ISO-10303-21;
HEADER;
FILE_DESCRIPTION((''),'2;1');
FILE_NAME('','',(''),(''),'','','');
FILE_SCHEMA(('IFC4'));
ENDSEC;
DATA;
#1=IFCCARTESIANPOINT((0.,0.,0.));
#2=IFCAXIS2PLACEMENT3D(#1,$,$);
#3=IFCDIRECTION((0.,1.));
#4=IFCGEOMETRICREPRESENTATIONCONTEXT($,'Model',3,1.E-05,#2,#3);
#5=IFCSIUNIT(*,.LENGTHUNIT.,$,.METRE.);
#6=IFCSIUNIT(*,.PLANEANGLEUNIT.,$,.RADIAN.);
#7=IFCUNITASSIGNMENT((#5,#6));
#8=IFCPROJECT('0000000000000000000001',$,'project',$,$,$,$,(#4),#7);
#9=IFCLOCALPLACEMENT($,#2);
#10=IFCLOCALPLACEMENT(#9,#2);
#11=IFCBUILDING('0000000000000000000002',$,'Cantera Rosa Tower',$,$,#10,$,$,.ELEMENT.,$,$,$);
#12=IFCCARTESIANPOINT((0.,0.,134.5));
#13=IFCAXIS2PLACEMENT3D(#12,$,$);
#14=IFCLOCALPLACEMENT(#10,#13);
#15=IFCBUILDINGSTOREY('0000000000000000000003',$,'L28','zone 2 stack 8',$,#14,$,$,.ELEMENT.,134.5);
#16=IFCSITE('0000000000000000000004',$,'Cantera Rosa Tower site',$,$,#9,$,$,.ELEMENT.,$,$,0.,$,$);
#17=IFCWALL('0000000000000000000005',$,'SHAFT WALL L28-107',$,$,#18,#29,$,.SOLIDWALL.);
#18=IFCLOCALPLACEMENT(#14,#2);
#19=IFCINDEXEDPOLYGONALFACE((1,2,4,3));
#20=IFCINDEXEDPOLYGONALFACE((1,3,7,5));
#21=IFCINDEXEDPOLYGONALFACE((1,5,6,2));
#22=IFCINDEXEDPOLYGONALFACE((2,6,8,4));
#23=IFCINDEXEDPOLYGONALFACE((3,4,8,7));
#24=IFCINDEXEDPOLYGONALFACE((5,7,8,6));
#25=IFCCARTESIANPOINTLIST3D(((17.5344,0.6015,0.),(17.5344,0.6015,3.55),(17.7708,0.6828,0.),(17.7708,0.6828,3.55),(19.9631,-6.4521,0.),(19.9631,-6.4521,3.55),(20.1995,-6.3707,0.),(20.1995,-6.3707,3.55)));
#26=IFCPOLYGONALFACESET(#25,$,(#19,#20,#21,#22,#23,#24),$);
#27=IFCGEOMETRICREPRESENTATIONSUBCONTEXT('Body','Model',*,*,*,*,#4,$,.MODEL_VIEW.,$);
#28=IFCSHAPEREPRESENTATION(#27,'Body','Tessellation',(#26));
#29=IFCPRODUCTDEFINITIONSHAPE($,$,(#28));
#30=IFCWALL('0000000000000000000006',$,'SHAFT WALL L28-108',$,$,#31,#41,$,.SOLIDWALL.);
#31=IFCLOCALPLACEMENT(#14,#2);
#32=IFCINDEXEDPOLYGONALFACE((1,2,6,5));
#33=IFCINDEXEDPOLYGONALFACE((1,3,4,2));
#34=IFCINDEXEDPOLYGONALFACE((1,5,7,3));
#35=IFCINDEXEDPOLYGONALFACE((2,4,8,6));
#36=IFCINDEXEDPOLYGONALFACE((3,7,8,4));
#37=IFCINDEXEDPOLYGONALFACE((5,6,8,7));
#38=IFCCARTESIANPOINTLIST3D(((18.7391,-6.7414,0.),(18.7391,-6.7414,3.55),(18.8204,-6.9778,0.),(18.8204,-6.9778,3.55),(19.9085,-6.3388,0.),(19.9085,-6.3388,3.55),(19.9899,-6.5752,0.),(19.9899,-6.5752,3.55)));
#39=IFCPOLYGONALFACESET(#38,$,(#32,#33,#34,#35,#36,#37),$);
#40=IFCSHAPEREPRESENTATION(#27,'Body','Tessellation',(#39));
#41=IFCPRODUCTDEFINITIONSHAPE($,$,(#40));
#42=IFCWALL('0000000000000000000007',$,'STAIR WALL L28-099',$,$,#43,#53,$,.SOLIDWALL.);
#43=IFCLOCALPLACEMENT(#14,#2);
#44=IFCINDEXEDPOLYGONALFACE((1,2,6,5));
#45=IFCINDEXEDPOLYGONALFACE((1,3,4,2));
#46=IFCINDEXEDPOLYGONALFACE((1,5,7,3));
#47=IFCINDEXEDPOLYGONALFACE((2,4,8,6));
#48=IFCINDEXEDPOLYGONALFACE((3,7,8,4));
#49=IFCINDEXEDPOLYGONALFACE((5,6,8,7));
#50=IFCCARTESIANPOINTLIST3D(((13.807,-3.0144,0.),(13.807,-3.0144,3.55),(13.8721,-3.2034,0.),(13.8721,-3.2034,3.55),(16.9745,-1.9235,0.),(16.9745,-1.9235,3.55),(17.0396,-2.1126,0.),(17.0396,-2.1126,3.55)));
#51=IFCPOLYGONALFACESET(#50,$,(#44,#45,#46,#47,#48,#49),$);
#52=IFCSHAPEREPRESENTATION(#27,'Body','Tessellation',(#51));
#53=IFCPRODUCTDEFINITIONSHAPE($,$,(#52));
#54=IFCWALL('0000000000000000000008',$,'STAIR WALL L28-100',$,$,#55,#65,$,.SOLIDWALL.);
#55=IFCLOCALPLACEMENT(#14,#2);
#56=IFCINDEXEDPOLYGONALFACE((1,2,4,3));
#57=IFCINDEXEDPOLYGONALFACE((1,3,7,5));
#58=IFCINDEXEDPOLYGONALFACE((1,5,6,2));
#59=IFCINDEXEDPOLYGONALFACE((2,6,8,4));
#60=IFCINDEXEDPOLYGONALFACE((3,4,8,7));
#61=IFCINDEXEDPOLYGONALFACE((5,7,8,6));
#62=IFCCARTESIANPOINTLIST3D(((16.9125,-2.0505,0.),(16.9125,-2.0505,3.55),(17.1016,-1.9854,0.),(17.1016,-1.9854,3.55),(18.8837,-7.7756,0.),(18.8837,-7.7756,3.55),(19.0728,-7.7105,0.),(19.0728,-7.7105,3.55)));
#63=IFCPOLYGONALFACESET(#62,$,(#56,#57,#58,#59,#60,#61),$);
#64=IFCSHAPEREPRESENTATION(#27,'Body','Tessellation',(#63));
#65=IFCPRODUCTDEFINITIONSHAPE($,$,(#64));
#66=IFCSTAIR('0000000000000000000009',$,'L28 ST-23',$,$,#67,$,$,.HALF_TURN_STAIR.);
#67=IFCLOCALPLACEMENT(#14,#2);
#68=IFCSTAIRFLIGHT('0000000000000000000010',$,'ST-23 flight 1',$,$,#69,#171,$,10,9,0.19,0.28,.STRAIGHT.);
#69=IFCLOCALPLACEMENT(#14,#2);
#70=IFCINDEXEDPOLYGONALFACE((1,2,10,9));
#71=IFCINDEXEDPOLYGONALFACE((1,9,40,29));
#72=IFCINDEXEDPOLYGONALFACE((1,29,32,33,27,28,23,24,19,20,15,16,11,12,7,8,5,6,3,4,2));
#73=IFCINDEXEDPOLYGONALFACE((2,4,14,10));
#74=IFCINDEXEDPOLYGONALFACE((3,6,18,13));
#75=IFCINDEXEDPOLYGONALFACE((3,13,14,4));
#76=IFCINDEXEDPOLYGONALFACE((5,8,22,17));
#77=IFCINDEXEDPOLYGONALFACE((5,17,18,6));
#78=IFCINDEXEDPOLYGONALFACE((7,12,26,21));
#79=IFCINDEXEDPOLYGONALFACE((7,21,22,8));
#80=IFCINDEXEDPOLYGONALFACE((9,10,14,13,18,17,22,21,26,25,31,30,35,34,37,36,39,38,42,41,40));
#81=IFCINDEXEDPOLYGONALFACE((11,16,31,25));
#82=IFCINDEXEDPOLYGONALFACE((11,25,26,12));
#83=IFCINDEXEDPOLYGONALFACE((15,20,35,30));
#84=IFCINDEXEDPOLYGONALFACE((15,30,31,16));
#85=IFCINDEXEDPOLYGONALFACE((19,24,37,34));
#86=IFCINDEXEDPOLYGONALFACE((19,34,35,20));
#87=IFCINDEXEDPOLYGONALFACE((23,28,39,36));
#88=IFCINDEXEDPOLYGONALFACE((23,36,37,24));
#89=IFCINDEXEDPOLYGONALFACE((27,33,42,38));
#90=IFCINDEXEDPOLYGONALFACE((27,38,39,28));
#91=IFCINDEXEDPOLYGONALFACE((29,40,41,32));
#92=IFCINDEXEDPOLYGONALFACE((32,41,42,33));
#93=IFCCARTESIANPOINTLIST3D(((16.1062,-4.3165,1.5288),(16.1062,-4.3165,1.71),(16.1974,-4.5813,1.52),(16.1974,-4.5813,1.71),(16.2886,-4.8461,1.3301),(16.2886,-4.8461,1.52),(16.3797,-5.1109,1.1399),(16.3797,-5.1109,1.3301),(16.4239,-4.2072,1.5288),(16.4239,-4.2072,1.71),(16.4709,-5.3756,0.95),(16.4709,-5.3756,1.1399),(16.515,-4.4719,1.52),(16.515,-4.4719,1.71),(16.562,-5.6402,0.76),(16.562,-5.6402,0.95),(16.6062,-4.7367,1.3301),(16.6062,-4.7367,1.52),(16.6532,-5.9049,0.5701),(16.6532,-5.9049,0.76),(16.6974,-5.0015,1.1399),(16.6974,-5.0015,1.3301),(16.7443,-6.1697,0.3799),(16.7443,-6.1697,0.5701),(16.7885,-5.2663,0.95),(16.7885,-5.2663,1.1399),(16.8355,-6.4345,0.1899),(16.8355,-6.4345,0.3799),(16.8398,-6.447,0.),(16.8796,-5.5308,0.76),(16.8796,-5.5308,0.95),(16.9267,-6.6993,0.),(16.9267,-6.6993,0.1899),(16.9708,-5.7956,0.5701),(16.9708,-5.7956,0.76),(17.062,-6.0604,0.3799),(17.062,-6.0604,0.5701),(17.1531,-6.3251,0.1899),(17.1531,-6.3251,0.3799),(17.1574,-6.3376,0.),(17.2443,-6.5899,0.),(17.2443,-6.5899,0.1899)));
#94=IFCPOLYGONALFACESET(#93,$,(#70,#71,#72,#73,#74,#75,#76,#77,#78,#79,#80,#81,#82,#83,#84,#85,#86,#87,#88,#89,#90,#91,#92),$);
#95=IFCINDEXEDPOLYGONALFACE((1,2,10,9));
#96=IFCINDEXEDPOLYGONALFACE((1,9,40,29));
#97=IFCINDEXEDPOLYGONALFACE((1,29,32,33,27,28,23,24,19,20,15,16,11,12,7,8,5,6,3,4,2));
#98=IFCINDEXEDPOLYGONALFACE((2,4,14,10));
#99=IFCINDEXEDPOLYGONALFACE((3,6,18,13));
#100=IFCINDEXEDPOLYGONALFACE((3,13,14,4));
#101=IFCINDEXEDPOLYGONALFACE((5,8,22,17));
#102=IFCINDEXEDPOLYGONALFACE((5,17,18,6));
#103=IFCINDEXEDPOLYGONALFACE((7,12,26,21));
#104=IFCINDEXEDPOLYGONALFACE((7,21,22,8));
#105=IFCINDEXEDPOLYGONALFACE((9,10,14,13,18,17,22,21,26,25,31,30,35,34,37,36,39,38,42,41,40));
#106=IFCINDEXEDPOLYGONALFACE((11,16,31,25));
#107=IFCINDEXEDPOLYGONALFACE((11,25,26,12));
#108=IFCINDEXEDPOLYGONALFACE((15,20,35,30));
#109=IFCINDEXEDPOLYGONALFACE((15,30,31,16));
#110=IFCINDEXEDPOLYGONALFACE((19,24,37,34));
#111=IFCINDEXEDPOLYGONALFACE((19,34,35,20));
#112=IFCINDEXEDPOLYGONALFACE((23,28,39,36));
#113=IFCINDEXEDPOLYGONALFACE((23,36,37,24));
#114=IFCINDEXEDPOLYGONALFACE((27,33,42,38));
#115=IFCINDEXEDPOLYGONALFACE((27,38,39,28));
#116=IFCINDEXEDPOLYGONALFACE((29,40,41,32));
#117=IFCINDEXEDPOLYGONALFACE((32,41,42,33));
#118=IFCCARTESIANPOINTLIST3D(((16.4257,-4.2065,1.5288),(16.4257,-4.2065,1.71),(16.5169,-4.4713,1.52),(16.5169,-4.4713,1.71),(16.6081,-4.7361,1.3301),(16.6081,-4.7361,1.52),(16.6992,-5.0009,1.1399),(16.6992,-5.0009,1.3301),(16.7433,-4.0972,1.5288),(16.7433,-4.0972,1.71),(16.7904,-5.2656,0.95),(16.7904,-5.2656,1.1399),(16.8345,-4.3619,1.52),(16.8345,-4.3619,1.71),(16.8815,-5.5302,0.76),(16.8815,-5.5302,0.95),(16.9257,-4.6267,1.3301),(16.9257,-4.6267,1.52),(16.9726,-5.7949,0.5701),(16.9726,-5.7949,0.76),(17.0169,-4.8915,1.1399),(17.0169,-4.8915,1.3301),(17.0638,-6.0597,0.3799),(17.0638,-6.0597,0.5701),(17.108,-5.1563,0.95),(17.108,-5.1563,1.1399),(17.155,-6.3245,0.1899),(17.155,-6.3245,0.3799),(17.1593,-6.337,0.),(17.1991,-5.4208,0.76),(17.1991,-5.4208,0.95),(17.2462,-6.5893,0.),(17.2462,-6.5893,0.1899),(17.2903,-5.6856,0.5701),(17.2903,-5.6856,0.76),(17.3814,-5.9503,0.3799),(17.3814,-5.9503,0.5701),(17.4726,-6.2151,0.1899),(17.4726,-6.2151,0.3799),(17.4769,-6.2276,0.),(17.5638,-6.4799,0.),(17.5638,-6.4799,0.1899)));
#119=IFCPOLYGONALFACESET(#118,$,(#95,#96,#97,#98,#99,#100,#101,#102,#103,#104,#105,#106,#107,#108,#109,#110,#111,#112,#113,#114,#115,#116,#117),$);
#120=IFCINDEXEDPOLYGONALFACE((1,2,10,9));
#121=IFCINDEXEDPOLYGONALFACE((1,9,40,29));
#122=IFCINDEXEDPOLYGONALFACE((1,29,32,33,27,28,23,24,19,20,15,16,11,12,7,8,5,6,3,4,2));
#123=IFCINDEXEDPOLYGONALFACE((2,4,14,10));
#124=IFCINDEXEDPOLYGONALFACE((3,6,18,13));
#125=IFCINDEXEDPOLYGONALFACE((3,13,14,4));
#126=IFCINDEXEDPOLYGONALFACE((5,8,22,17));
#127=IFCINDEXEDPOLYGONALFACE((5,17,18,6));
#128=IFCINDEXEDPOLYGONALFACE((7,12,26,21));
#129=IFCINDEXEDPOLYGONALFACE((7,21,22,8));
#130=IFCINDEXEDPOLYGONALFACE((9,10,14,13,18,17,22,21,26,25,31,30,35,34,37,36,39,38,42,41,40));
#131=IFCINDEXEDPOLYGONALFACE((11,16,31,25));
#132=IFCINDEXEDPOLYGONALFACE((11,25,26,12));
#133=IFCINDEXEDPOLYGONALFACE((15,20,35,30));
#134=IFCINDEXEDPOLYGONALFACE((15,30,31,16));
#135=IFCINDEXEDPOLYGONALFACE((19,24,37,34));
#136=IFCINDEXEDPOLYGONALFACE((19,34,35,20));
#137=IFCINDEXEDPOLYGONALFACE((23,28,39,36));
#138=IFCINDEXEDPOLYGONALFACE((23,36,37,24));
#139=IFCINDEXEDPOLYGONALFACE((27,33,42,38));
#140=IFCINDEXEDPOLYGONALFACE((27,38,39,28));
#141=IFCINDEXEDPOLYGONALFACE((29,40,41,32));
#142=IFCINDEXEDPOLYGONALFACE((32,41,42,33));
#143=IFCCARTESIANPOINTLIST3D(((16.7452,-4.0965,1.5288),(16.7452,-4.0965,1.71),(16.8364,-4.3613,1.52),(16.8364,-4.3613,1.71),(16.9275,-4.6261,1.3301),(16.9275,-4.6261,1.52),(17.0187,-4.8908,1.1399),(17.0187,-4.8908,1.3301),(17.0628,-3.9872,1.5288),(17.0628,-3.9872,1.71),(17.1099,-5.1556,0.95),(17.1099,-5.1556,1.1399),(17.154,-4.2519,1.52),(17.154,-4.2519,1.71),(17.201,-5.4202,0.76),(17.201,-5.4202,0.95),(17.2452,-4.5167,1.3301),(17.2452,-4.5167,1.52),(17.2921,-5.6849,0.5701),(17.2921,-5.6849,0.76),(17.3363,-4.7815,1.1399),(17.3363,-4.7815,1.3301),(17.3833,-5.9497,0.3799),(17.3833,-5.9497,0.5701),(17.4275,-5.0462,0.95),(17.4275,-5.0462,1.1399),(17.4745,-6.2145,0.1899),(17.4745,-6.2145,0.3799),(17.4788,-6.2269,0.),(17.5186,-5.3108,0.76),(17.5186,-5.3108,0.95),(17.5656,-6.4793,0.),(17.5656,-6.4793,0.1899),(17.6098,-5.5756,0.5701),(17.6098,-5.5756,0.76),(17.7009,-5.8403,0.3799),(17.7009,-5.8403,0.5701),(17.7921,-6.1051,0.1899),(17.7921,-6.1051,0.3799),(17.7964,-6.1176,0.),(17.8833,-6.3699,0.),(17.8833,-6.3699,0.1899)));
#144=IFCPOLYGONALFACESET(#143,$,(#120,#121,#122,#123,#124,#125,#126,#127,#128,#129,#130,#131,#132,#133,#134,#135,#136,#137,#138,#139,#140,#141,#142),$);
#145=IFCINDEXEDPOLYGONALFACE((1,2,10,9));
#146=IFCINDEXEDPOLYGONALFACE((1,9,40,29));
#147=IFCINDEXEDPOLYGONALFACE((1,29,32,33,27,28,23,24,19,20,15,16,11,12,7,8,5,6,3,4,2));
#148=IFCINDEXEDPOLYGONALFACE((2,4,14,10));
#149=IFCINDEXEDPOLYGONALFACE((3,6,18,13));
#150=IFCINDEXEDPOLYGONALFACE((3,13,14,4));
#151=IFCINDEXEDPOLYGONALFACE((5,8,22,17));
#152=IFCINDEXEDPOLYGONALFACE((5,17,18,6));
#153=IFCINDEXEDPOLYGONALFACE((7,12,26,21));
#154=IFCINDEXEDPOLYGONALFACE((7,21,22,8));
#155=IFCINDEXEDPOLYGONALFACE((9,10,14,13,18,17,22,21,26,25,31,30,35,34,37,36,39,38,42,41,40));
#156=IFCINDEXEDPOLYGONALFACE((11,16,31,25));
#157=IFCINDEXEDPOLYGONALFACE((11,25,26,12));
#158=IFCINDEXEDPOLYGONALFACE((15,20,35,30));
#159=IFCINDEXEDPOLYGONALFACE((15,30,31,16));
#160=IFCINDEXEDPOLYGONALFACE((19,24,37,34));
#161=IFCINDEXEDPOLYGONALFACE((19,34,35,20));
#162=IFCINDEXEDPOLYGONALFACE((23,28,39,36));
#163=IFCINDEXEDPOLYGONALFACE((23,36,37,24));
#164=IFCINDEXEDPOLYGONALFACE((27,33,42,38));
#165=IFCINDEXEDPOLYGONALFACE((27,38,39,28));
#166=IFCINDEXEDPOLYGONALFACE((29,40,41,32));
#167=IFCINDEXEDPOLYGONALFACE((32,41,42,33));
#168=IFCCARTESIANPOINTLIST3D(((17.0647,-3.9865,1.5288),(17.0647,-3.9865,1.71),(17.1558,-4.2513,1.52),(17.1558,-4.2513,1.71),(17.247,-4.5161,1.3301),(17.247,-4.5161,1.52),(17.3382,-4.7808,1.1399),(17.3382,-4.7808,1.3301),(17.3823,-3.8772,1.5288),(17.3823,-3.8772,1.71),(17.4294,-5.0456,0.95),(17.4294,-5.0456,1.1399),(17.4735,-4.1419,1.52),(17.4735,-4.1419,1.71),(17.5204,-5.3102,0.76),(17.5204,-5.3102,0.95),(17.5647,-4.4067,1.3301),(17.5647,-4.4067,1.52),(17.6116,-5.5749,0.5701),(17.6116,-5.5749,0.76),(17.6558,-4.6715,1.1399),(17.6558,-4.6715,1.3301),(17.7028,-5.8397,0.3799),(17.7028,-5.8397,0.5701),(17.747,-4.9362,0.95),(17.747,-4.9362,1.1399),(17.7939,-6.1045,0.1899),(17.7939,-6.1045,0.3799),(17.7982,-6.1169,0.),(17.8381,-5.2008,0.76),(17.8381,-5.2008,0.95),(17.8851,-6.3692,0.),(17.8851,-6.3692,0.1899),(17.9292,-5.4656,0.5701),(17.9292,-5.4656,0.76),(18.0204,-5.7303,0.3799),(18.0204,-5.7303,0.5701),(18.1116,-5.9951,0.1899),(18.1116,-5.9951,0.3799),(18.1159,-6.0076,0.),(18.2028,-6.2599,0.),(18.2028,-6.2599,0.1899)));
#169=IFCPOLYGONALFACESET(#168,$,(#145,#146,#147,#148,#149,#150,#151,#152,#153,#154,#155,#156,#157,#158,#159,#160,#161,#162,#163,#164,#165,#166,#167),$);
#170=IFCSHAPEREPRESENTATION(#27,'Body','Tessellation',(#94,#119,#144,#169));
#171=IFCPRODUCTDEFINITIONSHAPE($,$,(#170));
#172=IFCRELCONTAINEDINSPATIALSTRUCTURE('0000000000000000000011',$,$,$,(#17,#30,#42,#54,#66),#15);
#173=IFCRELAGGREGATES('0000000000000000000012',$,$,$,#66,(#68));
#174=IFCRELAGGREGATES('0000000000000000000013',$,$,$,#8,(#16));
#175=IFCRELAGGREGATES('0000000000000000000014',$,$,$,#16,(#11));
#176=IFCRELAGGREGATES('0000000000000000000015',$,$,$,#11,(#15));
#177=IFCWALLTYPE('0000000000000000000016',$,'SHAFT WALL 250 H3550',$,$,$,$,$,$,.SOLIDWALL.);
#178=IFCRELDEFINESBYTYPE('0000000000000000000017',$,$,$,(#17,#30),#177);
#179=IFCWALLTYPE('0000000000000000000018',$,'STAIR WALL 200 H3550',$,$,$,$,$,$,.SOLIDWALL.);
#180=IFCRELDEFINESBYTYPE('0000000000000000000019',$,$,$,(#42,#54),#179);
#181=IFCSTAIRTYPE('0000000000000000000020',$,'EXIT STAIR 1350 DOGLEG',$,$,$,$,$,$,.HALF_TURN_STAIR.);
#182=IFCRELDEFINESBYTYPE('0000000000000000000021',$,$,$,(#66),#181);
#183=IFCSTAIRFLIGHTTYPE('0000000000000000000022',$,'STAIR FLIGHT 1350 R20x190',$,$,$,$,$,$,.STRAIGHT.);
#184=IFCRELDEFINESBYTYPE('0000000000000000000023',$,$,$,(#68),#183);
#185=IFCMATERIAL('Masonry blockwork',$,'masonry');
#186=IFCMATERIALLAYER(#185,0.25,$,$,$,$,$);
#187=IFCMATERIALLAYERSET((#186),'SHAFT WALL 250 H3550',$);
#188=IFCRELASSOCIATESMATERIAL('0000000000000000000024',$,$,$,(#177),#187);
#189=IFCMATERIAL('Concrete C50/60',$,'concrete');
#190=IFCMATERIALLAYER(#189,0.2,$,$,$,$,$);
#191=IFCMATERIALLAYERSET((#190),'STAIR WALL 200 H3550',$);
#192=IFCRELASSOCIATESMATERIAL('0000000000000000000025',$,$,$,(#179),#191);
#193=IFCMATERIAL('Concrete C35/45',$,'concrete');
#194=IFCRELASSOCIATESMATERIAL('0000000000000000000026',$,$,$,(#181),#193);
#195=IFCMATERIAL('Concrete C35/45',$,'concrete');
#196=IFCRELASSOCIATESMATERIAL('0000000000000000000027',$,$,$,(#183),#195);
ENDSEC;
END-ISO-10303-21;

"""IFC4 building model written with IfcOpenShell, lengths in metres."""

from ifc_helpers import new_model, si_unit, direction, frame, frame_2d, origin, place, context, subcontext, project, spatial, polyline, rectangle, outline, extrude, material, layer, layer_set, type_object, element, aggregate, save


model = new_model("IFC4")

# Units and contexts
model_context = context("Model", 3, precision=1e-05, world=origin(), true_north=direction((0.0, 1.0)))
body_context = subcontext(model_context, "Body", "Model", "MODEL_VIEW")
ifc_project = project(units=[si_unit("LENGTHUNIT", "METRE"), si_unit("PLANEANGLEUNIT", "RADIAN")], contexts=[model_context])

# Site, building, storey
site_placement = place(None, origin())
site = spatial("IfcSite", under=ifc_project, at=site_placement, Name="Cantera Rosa Tower site", CompositionType="ELEMENT", RefElevation=0.0)
building_placement = place(site_placement, origin())
building = spatial("IfcBuilding", under=site, at=building_placement, Name="Cantera Rosa Tower", CompositionType="ELEMENT")
storey_placement = place(building_placement, frame((0.0, 0.0, 134.5)))
storey = spatial("IfcBuildingStorey", under=building, at=storey_placement, Name="L28", Description="zone 2 stack 8", CompositionType="ELEMENT", Elevation=134.5)

# Walls
ifc_material_1 = material(Name="Masonry blockwork", Category="masonry")
ifc_layer_1 = layer(ifc_material_1, 0.25)
ifc_layer_set_1 = layer_set([ifc_layer_1], Name="SHAFT WALL 250 H3550")
wall_type_1 = type_object("IfcWallType", Name="SHAFT WALL 250 H3550", PredefinedType="SOLIDWALL", material=ifc_layer_set_1)
wall_1_placement = place(storey_placement, frame((20.0813, -6.4114, 0.0), z_axis=(0.0, 0.0, 1.0), x_axis=(-0.325569, 0.945518, 0.0)))
element("IfcWall", 1, at=wall_1_placement, inside=storey, type_object=wall_type_1, Name="SHAFT WALL L28-107", PredefinedType="SOLIDWALL", context=body_context, shape_type="SweptSolid", body=[
    extrude(rectangle(XDim=7.46, YDim=0.25, at=frame_2d((3.73, 0.0))), origin(), (0.0, 0.0, 1.0), 3.55),
])
wall_2_placement = place(storey_placement, frame((19.9492, -6.457, 0.0), z_axis=(0.0, 0.0, 1.0), x_axis=(-0.945539, -0.32551, 0.0)))
element("IfcWall", 2, at=wall_2_placement, inside=storey, type_object=wall_type_1, Name="SHAFT WALL L28-108", PredefinedType="SOLIDWALL", context=body_context, shape_type="SweptSolid", body=[
    extrude(rectangle(XDim=1.2368, YDim=0.25, at=frame_2d((0.6184, 0.0))), origin(), (0.0, 0.0, 1.0), 3.55),
])
ifc_material_2 = material(Name="Concrete C50/60", Category="concrete")
ifc_layer_2 = layer(ifc_material_2, 0.2)
ifc_layer_set_2 = layer_set([ifc_layer_2], Name="STAIR WALL 200 H3550")
wall_type_2 = type_object("IfcWallType", Name="STAIR WALL 200 H3550", PredefinedType="SOLIDWALL", material=ifc_layer_set_2)
wall_3_placement = place(storey_placement, frame((17.0071, -2.0181, 0.0), z_axis=(0.0, 0.0, 1.0), x_axis=(-0.945503, -0.325613, 0.0)))
element("IfcWall", 3, at=wall_3_placement, inside=storey, type_object=wall_type_2, Name="STAIR WALL L28-099", PredefinedType="SOLIDWALL", context=body_context, shape_type="SweptSolid", body=[
    extrude(rectangle(XDim=3.3501, YDim=0.2, at=frame_2d((1.675, 0.0))), origin(), (0.0, 0.0, 1.0), 3.55),
])
wall_4_placement = place(storey_placement, frame((17.0071, -2.0181, 0.0), z_axis=(0.0, 0.0, 1.0), x_axis=(0.325551, -0.945525, 0.0)))
element("IfcWall", 4, at=wall_4_placement, inside=storey, type_object=wall_type_2, Name="STAIR WALL L28-100", PredefinedType="SOLIDWALL", context=body_context, shape_type="SweptSolid", body=[
    extrude(rectangle(XDim=6.0549, YDim=0.2, at=frame_2d((3.0273, 0.0))), origin(), (0.0, 0.0, 1.0), 3.55),
])

# Stair, stair flight
ifc_material_3 = material(Name="Concrete C35/45", Category="concrete")
stair_type = type_object("IfcStairType", Name="EXIT STAIR 1350 DOGLEG", PredefinedType="HALF_TURN_STAIR", material=ifc_material_3)
stair_placement = place(storey_placement, origin())
stair = element("IfcStair", 5, at=stair_placement, inside=storey, type_object=stair_type, Name="L28 ST-23", PredefinedType="HALF_TURN_STAIR")
ifc_material_4 = material(Name="Concrete C35/45", Category="concrete")
stair_flight_type = type_object("IfcStairFlightType", Name="STAIR FLIGHT 1350 R20x190", PredefinedType="STRAIGHT", material=ifc_material_4)
stair_flight_1_placement = place(storey_placement, frame((17.5649, -6.4795, 0.0), z_axis=(0.0, 0.0, 1.0), x_axis=(-0.325568, 0.945519, 0.0)))
stair_flight_1 = element("IfcStairFlight", 6, at=stair_flight_1_placement, type_object=stair_flight_type, Name="ST-23 flight 1", NumberOfRisers=10, NumberOfTreads=9, PredefinedType="STRAIGHT", RiserHeight=0.19, TreadLength=0.28, context=body_context, shape_type="SweptSolid", body=[
    extrude(outline(polyline([(0.0, 0.0), (0.0, 0.1899), (0.28, 0.1899), (0.28, 0.3799), (0.5601, 0.3799), (0.5601, 0.5701), (0.8401, 0.5701), (0.8401, 0.76), (1.1201, 0.76), (1.1201, 0.95), (1.3999, 0.95), (1.3999, 1.1399), (1.6799, 1.1399), (1.6799, 1.3301), (1.96, 1.3301), (1.96, 1.52), (2.24, 1.52), (2.24, 1.71), (2.52, 1.71), (2.52, 1.8999), (2.52, 1.5288), (0.2668, 0.0), (0.0, 0.0)])), frame((0.0, 0.675, 0.0), z_axis=(0.0, -1.0, 0.0), x_axis=(1.0, 0.0, 0.0)), (0.0, 0.0, 1.0), 0.3359),
    extrude(outline(polyline([(0.0, 0.0), (0.0, 0.1899), (0.28, 0.1899), (0.28, 0.3799), (0.5601, 0.3799), (0.5601, 0.5701), (0.8401, 0.5701), (0.8401, 0.76), (1.1201, 0.76), (1.1201, 0.95), (1.3999, 0.95), (1.3999, 1.1399), (1.6799, 1.1399), (1.6799, 1.3301), (1.96, 1.3301), (1.96, 1.52), (2.24, 1.52), (2.24, 1.71), (2.52, 1.71), (2.52, 1.8999), (2.52, 1.5288), (0.2668, 0.0), (0.0, 0.0)])), frame((0.0, 0.3372, 0.0), z_axis=(0.0, -1.0, 0.0), x_axis=(1.0, 0.0, 0.0)), (0.0, 0.0, 1.0), 0.3359),
    extrude(outline(polyline([(0.0, 0.0), (0.0, 0.1899), (0.28, 0.1899), (0.28, 0.3799), (0.5601, 0.3799), (0.5601, 0.5701), (0.8401, 0.5701), (0.8401, 0.76), (1.1201, 0.76), (1.1201, 0.95), (1.3999, 0.95), (1.3999, 1.1399), (1.6799, 1.1399), (1.6799, 1.3301), (1.96, 1.3301), (1.96, 1.52), (2.24, 1.52), (2.24, 1.71), (2.52, 1.71), (2.52, 1.8999), (2.52, 1.5288), (0.2668, 0.0), (0.0, 0.0)])), frame((0.0, -0.0007, 0.0), z_axis=(0.0, -1.0, 0.0), x_axis=(1.0, 0.0, 0.0)), (0.0, 0.0, 1.0), 0.3359),
    extrude(outline(polyline([(0.0, 0.0), (0.0, 0.1899), (0.28, 0.1899), (0.28, 0.3799), (0.5601, 0.3799), (0.5601, 0.5701), (0.8401, 0.5701), (0.8401, 0.76), (1.1201, 0.76), (1.1201, 0.95), (1.3999, 0.95), (1.3999, 1.1399), (1.6799, 1.1399), (1.6799, 1.3301), (1.96, 1.3301), (1.96, 1.52), (2.24, 1.52), (2.24, 1.71), (2.52, 1.71), (2.52, 1.8999), (2.52, 1.5288), (0.2668, 0.0), (0.0, 0.0)])), frame((0.0, -0.3386, 0.0), z_axis=(0.0, -1.0, 0.0), x_axis=(1.0, 0.0, 0.0)), (0.0, 0.0, 1.0), 0.3359),
])
aggregate(stair, [stair_flight_1])

save(model, "model.ifc")
